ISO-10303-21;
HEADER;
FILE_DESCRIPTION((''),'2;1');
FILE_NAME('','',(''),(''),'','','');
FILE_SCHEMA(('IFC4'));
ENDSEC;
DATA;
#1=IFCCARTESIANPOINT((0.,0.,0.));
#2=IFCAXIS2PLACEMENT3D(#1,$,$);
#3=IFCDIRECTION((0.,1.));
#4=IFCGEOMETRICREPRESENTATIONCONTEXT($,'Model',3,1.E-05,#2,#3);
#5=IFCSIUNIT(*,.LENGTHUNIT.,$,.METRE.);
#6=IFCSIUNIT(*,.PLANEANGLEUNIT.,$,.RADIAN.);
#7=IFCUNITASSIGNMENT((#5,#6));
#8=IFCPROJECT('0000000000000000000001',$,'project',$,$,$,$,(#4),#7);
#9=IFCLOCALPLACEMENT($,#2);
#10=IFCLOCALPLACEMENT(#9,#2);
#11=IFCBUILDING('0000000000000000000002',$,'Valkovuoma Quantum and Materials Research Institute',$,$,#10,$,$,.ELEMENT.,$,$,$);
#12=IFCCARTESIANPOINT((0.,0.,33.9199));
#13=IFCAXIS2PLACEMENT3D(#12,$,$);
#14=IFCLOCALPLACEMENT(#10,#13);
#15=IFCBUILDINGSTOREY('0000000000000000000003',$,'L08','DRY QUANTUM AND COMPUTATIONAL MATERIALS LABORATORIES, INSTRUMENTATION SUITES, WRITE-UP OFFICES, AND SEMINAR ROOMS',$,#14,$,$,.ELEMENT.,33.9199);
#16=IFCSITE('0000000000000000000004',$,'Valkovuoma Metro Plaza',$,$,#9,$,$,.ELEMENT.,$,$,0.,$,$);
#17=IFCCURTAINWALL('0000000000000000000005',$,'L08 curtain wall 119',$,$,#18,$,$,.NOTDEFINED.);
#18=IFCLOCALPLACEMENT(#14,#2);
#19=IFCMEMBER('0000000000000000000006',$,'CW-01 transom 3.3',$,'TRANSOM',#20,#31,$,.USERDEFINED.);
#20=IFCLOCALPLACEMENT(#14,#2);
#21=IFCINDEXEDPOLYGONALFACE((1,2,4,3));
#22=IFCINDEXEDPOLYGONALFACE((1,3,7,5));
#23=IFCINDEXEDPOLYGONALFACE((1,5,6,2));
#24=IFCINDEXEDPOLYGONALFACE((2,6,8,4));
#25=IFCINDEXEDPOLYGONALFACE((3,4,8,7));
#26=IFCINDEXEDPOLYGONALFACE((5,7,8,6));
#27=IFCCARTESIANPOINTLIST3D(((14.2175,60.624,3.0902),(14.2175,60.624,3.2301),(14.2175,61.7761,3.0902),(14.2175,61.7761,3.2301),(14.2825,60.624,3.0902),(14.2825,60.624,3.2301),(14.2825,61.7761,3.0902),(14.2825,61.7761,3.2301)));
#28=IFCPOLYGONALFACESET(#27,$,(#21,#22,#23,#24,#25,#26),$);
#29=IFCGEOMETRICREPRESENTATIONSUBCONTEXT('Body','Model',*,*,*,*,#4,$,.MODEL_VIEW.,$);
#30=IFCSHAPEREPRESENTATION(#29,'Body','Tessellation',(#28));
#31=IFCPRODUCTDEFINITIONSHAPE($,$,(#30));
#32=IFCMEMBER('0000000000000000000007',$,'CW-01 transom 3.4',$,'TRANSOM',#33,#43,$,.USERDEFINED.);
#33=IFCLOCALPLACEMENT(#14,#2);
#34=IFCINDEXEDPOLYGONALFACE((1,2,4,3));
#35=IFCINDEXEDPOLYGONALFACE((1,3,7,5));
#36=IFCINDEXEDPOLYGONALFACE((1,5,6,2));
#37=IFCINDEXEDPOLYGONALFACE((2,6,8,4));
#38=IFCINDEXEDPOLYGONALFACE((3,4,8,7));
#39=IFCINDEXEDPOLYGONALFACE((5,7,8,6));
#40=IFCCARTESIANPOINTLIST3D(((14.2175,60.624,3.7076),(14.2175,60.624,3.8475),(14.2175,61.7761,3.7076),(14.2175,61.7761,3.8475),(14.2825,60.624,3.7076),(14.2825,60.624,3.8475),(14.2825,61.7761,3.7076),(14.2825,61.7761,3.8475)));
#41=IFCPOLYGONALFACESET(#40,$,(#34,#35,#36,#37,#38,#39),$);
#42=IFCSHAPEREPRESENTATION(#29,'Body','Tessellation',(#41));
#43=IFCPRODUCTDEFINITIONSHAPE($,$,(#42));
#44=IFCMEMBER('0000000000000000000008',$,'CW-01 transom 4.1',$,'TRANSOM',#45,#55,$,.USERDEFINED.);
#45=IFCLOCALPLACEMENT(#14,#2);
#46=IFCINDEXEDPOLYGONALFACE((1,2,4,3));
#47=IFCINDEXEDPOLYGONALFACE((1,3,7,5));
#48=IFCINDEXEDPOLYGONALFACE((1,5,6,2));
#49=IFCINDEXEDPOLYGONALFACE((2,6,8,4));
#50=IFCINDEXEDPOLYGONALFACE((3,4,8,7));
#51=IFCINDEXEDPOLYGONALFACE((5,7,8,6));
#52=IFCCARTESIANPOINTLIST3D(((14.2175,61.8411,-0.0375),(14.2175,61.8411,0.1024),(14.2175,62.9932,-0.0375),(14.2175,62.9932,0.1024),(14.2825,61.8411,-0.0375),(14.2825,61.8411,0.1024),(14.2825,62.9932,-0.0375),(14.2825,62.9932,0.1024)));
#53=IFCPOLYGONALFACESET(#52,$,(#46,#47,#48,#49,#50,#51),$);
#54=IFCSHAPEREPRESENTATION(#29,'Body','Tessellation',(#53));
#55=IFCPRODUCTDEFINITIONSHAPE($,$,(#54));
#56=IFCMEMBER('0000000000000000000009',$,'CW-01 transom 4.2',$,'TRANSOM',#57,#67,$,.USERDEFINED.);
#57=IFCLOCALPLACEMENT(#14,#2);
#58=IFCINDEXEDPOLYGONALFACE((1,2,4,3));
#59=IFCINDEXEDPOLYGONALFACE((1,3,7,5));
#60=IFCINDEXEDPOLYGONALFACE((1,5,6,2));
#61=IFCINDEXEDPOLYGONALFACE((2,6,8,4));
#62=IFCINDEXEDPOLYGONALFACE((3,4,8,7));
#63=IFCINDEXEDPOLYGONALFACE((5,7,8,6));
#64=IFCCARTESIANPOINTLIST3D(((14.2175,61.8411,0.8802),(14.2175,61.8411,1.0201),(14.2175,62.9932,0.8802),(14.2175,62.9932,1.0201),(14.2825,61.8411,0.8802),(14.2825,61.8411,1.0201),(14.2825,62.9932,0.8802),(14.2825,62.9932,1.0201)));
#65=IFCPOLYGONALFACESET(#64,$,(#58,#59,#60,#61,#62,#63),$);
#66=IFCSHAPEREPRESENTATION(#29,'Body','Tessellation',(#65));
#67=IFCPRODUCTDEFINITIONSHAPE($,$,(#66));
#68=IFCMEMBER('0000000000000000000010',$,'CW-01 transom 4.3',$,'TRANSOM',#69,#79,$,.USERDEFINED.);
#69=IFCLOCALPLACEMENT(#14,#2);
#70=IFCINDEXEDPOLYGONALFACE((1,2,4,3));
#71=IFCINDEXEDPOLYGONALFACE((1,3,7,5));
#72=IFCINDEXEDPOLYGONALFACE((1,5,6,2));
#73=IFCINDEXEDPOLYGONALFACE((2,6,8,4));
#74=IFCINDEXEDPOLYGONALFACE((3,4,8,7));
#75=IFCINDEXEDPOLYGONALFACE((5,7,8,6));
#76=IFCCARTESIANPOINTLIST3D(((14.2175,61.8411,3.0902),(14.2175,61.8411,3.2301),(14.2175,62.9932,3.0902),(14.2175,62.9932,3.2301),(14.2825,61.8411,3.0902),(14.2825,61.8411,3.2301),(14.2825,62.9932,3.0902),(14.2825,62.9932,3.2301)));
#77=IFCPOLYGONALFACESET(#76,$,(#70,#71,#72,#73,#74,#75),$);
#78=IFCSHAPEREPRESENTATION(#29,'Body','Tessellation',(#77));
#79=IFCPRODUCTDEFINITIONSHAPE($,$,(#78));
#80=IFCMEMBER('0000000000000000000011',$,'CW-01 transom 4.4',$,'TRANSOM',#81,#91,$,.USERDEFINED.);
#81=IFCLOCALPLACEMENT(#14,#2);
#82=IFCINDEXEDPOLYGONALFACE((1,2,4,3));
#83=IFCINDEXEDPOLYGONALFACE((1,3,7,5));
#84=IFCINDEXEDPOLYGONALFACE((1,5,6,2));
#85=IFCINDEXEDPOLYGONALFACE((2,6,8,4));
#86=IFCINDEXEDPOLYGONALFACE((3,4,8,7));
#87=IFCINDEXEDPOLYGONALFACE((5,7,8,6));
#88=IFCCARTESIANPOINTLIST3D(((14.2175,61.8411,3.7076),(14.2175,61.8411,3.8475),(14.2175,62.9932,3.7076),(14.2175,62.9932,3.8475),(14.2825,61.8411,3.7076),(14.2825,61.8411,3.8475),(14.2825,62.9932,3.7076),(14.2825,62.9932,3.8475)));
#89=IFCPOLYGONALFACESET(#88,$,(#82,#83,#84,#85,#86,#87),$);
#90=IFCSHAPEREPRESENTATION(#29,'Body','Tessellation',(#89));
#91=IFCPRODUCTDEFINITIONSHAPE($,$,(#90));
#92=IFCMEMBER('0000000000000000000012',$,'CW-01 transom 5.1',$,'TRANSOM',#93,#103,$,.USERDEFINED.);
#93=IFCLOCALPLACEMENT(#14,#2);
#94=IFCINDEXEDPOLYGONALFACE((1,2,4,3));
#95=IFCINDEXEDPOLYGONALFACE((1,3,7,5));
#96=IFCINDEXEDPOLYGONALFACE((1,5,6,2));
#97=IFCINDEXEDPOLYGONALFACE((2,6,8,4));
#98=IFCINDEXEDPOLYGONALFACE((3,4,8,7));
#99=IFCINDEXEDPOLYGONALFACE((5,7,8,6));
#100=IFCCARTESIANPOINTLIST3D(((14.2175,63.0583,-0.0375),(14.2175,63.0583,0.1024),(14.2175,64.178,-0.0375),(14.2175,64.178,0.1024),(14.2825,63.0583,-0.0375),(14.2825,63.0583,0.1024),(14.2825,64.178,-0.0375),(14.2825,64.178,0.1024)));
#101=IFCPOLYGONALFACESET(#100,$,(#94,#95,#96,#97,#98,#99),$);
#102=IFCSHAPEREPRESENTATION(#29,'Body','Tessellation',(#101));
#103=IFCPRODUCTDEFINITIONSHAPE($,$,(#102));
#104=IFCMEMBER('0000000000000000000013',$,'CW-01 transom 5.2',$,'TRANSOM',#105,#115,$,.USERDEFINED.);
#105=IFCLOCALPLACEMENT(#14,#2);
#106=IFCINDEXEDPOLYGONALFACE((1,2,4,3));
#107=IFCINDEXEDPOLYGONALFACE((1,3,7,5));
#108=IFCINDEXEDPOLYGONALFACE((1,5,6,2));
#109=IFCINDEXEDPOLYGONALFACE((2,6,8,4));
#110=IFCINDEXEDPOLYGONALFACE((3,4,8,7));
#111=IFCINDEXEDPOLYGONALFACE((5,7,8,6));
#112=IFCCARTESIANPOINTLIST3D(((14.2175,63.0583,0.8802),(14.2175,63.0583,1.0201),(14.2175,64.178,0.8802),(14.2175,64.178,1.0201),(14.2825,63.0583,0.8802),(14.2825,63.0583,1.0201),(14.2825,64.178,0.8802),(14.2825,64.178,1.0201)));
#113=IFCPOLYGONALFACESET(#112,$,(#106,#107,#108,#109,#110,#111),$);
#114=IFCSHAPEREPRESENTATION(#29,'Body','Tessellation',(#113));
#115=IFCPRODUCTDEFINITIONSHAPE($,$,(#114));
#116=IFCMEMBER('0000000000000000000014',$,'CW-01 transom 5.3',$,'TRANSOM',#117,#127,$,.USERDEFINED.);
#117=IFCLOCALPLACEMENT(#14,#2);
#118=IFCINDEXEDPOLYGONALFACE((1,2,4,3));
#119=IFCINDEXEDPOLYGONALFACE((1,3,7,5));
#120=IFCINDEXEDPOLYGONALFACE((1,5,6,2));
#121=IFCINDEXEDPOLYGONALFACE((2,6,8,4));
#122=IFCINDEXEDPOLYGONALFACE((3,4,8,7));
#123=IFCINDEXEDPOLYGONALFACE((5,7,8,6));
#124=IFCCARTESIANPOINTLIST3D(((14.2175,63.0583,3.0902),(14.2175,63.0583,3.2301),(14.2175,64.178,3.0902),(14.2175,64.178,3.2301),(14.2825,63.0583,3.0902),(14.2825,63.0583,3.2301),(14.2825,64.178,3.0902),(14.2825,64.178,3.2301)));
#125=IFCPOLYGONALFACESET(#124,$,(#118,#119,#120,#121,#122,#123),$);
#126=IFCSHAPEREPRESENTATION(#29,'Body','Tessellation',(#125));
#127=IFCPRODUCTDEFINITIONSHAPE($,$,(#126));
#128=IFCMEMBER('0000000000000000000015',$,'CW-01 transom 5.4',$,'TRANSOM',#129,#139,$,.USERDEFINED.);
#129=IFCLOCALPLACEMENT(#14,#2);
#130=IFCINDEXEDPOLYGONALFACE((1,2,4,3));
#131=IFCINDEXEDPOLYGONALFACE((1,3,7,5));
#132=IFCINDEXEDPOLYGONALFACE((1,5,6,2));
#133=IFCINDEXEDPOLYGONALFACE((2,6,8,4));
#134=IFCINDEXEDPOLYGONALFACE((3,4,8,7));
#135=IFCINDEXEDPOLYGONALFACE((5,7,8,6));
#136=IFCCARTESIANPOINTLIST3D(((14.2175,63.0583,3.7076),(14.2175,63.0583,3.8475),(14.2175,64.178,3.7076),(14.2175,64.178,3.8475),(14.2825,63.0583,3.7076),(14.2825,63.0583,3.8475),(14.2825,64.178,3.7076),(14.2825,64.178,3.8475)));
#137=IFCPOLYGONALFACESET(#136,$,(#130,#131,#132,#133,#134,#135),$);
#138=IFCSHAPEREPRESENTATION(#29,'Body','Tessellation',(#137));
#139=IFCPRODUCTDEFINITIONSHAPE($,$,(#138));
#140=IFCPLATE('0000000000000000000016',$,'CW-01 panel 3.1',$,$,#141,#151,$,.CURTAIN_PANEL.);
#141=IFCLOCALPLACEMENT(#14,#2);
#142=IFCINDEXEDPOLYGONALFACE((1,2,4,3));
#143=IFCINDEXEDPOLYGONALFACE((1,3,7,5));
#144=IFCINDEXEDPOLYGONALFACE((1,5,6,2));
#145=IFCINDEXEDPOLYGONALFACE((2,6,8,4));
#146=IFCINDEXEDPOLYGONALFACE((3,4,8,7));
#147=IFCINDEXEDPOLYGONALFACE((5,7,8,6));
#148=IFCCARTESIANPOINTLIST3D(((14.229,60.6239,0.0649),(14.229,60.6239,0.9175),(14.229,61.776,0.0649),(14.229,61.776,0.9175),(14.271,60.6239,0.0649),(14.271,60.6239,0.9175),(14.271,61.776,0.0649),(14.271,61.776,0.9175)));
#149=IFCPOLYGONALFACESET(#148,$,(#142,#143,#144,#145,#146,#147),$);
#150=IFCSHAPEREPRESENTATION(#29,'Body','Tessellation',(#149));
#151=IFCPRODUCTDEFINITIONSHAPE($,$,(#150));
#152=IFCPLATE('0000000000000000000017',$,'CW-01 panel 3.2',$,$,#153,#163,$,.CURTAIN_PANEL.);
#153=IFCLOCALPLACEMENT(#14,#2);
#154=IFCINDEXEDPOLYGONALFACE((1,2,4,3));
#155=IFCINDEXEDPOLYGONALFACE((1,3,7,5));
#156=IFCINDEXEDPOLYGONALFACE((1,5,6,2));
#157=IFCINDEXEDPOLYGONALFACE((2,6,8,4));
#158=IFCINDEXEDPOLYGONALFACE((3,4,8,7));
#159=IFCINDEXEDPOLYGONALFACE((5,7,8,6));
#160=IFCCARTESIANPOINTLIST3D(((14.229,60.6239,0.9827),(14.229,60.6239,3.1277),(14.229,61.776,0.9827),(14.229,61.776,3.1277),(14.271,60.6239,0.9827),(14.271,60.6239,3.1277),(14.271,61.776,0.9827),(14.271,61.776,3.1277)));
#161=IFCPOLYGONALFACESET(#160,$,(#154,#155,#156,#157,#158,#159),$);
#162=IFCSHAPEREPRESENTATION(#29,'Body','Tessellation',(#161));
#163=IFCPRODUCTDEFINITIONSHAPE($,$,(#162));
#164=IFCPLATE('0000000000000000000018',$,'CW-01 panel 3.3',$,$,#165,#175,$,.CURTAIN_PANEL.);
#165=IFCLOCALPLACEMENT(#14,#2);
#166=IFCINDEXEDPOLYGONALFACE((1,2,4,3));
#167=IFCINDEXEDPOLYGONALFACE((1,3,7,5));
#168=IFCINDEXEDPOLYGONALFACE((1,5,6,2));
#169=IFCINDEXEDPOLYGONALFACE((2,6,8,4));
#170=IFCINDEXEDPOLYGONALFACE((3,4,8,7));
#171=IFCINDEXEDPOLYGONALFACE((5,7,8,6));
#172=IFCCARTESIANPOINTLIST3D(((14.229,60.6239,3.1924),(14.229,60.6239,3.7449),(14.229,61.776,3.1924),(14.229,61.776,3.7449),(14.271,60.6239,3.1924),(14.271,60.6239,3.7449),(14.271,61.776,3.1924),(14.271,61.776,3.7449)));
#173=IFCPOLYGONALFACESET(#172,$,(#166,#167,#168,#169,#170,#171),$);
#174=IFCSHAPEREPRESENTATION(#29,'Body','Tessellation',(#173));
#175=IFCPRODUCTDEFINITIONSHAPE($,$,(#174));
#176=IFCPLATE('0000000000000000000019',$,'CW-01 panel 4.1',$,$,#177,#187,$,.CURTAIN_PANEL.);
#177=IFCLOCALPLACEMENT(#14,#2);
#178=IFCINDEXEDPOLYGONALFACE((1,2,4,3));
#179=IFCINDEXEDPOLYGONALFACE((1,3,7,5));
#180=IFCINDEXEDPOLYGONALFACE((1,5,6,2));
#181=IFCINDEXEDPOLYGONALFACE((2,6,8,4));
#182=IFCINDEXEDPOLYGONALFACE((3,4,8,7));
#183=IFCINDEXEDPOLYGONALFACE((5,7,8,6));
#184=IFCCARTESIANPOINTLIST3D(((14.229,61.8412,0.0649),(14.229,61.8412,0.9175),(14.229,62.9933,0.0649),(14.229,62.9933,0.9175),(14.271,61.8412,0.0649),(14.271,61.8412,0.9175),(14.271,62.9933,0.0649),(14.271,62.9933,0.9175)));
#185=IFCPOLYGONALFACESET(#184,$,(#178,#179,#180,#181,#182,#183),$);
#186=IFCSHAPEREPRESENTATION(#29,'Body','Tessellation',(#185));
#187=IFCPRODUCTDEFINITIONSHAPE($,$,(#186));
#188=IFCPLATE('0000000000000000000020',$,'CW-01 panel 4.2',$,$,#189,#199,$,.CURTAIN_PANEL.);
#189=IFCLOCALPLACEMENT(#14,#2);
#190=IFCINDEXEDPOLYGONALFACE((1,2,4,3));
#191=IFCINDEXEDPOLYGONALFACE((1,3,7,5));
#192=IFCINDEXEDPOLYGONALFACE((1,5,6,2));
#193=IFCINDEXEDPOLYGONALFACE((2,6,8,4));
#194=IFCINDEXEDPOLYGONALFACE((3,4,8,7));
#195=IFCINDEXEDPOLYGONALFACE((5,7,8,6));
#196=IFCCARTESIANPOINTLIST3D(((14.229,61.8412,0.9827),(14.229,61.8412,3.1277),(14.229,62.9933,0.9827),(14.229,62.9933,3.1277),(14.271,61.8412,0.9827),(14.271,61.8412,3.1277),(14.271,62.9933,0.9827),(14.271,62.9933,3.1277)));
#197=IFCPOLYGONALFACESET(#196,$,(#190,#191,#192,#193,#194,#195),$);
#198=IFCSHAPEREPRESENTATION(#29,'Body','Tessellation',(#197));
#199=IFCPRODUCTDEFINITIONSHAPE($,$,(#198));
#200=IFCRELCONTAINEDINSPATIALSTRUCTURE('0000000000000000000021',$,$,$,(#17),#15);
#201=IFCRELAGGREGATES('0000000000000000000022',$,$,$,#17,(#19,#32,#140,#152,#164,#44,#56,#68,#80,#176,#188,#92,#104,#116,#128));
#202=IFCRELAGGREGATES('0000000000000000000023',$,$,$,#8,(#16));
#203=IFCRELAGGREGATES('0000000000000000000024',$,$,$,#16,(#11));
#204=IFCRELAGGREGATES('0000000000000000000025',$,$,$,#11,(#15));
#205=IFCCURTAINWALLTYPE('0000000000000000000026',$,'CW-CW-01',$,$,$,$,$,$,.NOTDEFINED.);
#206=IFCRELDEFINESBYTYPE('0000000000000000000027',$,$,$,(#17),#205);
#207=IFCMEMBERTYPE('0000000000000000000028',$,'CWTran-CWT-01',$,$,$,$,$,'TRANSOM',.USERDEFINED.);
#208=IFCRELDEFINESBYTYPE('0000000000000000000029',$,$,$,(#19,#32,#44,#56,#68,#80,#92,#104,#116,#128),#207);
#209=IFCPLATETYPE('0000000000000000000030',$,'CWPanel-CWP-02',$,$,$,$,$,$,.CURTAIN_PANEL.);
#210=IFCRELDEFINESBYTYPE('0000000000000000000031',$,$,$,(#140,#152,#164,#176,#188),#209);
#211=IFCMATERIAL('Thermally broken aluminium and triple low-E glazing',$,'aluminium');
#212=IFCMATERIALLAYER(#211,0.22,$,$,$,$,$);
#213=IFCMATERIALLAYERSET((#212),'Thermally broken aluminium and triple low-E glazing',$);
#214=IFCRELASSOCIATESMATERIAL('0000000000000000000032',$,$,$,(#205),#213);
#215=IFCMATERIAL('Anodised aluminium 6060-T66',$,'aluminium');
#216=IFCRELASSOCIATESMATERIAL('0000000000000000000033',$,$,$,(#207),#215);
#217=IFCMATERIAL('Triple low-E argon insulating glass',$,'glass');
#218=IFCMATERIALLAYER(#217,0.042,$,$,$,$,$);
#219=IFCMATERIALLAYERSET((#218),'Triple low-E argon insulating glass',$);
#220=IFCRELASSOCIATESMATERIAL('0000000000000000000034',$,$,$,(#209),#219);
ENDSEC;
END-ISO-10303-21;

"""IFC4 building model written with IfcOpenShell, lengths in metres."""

from ifc_helpers import new_model, si_unit, direction, frame, origin, origin_2d, place, context, subcontext, project, spatial, rectangle, extrude, material, layer, layer_set, material_profile, profile_set, type_object, element, aggregate, save


model = new_model("IFC4")

# Units and contexts
model_context = context("Model", 3, precision=1e-05, world=origin(), true_north=direction((0.0, 1.0)))
body_context = subcontext(model_context, "Body", "Model", "MODEL_VIEW")
ifc_project = project(units=[si_unit("LENGTHUNIT", "METRE"), si_unit("PLANEANGLEUNIT", "RADIAN")], contexts=[model_context])

# Site, building, storey
site_placement = place(None, origin())
site = spatial("IfcSite", under=ifc_project, at=site_placement, Name="Valkovuoma Metro Plaza", CompositionType="ELEMENT", RefElevation=0.0)
building_placement = place(site_placement, origin())
building = spatial("IfcBuilding", under=site, at=building_placement, Name="Valkovuoma Quantum and Materials Research Institute", CompositionType="ELEMENT")
storey_placement = place(building_placement, frame((0.0, 0.0, 33.9199)))
storey = spatial("IfcBuildingStorey", under=building, at=storey_placement, Name="L08", Description="DRY QUANTUM AND COMPUTATIONAL MATERIALS LABORATORIES, INSTRUMENTATION SUITES, WRITE-UP OFFICES, AND SEMINAR ROOMS", CompositionType="ELEMENT", Elevation=33.9199)

# Curtain wall, members, plates
ifc_material_1 = material(Name="Thermally broken aluminium and triple low-E glazing", Category="aluminium")
ifc_layer_1 = layer(ifc_material_1, 0.22)
ifc_layer_set_1 = layer_set([ifc_layer_1], Name="Thermally broken aluminium and triple low-E glazing")
curtain_wall_type = type_object("IfcCurtainWallType", Name="CW-CW-01", PredefinedType="NOTDEFINED", material=ifc_layer_set_1)
curtain_wall_placement = place(storey_placement, origin())
curtain_wall = element("IfcCurtainWall", 1, at=curtain_wall_placement, inside=storey, type_object=curtain_wall_type, Name="L08 curtain wall 119", PredefinedType="NOTDEFINED")
ifc_material_2 = material(Name="Anodised aluminium 6060-T66", Category="aluminium")
ifc_material_profile_1 = material_profile(ifc_material_2, rectangle(XDim=0.0649, YDim=0.1399, at=origin_2d()), Name="Anodised aluminium 6060-T66")
ifc_profile_set_1 = profile_set([ifc_material_profile_1], Name="Anodised aluminium 6060-T66")
member_type_1 = type_object("IfcMemberType", Name="CWTran-CWT-01", ElementType="TRANSOM", PredefinedType="USERDEFINED", material=ifc_profile_set_1)
member_1_placement = place(storey_placement, frame((14.25, 60.624, 3.1602), z_axis=(0.0, 1.0, 0.0), x_axis=(-1.0, 0.0, 0.0)))
member_1 = element("IfcMember", 2, at=member_1_placement, type_object=member_type_1, Name="CW-01 transom 3.3", ObjectType="TRANSOM", PredefinedType="USERDEFINED", context=body_context, shape_type="SweptSolid", body=[
    extrude(rectangle(XDim=0.0649, YDim=0.1399, at=origin_2d()), origin(), (0.0, 0.0, 1.0), 1.1521),
])
member_2_placement = place(storey_placement, frame((14.25, 60.624, 3.7776), z_axis=(0.0, 1.0, 0.0), x_axis=(-1.0, 0.0, 0.0)))
member_2 = element("IfcMember", 3, at=member_2_placement, type_object=member_type_1, Name="CW-01 transom 3.4", ObjectType="TRANSOM", PredefinedType="USERDEFINED", context=body_context, shape_type="SweptSolid", body=[
    extrude(rectangle(XDim=0.0649, YDim=0.1399, at=origin_2d()), origin(), (0.0, 0.0, 1.0), 1.1521),
])
member_3_placement = place(storey_placement, frame((14.25, 61.8411, 0.0325), z_axis=(0.0, 1.0, 0.0), x_axis=(-1.0, 0.0, 0.0)))
member_3 = element("IfcMember", 4, at=member_3_placement, type_object=member_type_1, Name="CW-01 transom 4.1", ObjectType="TRANSOM", PredefinedType="USERDEFINED", context=body_context, shape_type="SweptSolid", body=[
    extrude(rectangle(XDim=0.0649, YDim=0.1399, at=origin_2d()), origin(), (0.0, 0.0, 1.0), 1.1521),
])
member_4_placement = place(storey_placement, frame((14.25, 61.8411, 0.9502), z_axis=(0.0, 1.0, 0.0), x_axis=(-1.0, 0.0, 0.0)))
member_4 = element("IfcMember", 5, at=member_4_placement, type_object=member_type_1, Name="CW-01 transom 4.2", ObjectType="TRANSOM", PredefinedType="USERDEFINED", context=body_context, shape_type="SweptSolid", body=[
    extrude(rectangle(XDim=0.0649, YDim=0.1399, at=origin_2d()), origin(), (0.0, 0.0, 1.0), 1.1521),
])
member_5_placement = place(storey_placement, frame((14.25, 61.8411, 3.1602), z_axis=(0.0, 1.0, 0.0), x_axis=(-1.0, 0.0, 0.0)))
member_5 = element("IfcMember", 6, at=member_5_placement, type_object=member_type_1, Name="CW-01 transom 4.3", ObjectType="TRANSOM", PredefinedType="USERDEFINED", context=body_context, shape_type="SweptSolid", body=[
    extrude(rectangle(XDim=0.0649, YDim=0.1399, at=origin_2d()), origin(), (0.0, 0.0, 1.0), 1.1521),
])
member_6_placement = place(storey_placement, frame((14.25, 61.8411, 3.7776), z_axis=(0.0, 1.0, 0.0), x_axis=(-1.0, 0.0, 0.0)))
member_6 = element("IfcMember", 7, at=member_6_placement, type_object=member_type_1, Name="CW-01 transom 4.4", ObjectType="TRANSOM", PredefinedType="USERDEFINED", context=body_context, shape_type="SweptSolid", body=[
    extrude(rectangle(XDim=0.0649, YDim=0.1399, at=origin_2d()), origin(), (0.0, 0.0, 1.0), 1.1521),
])
member_7_placement = place(storey_placement, frame((14.25, 63.0583, 0.0325), z_axis=(0.0, 1.0, 0.0), x_axis=(-1.0, 0.0, 0.0)))
member_7 = element("IfcMember", 8, at=member_7_placement, type_object=member_type_1, Name="CW-01 transom 5.1", ObjectType="TRANSOM", PredefinedType="USERDEFINED", context=body_context, shape_type="SweptSolid", body=[
    extrude(rectangle(XDim=0.0649, YDim=0.1399, at=origin_2d()), origin(), (0.0, 0.0, 1.0), 1.1196),
])
member_8_placement = place(storey_placement, frame((14.25, 63.0583, 0.9502), z_axis=(0.0, 1.0, 0.0), x_axis=(-1.0, 0.0, 0.0)))
member_8 = element("IfcMember", 9, at=member_8_placement, type_object=member_type_1, Name="CW-01 transom 5.2", ObjectType="TRANSOM", PredefinedType="USERDEFINED", context=body_context, shape_type="SweptSolid", body=[
    extrude(rectangle(XDim=0.0649, YDim=0.1399, at=origin_2d()), origin(), (0.0, 0.0, 1.0), 1.1196),
])
member_9_placement = place(storey_placement, frame((14.25, 63.0583, 3.1602), z_axis=(0.0, 1.0, 0.0), x_axis=(-1.0, 0.0, 0.0)))
member_9 = element("IfcMember", 10, at=member_9_placement, type_object=member_type_1, Name="CW-01 transom 5.3", ObjectType="TRANSOM", PredefinedType="USERDEFINED", context=body_context, shape_type="SweptSolid", body=[
    extrude(rectangle(XDim=0.0649, YDim=0.1399, at=origin_2d()), origin(), (0.0, 0.0, 1.0), 1.1196),
])
member_10_placement = place(storey_placement, frame((14.25, 63.0583, 3.7776), z_axis=(0.0, 1.0, 0.0), x_axis=(-1.0, 0.0, 0.0)))
member_10 = element("IfcMember", 11, at=member_10_placement, type_object=member_type_1, Name="CW-01 transom 5.4", ObjectType="TRANSOM", PredefinedType="USERDEFINED", context=body_context, shape_type="SweptSolid", body=[
    extrude(rectangle(XDim=0.0649, YDim=0.1399, at=origin_2d()), origin(), (0.0, 0.0, 1.0), 1.1196),
])
ifc_material_3 = material(Name="Triple low-E argon insulating glass", Category="glass")
ifc_layer_2 = layer(ifc_material_3, 0.042)
ifc_layer_set_2 = layer_set([ifc_layer_2], Name="Triple low-E argon insulating glass")
plate_type = type_object("IfcPlateType", Name="CWPanel-CWP-02", PredefinedType="CURTAIN_PANEL", material=ifc_layer_set_2)
plate_1_placement = place(storey_placement, frame((14.25, 61.2, 0.0649), z_axis=(0.0, 0.0, 1.0), x_axis=(0.0, 1.0, 0.0)))
plate_1 = element("IfcPlate", 12, at=plate_1_placement, type_object=plate_type, Name="CW-01 panel 3.1", PredefinedType="CURTAIN_PANEL", context=body_context, shape_type="SweptSolid", body=[
    extrude(rectangle(XDim=1.1521, YDim=0.042, at=origin_2d()), origin(), (0.0, 0.0, 1.0), 0.8525),
])
plate_2_placement = place(storey_placement, frame((14.25, 61.2, 0.9827), z_axis=(0.0, 0.0, 1.0), x_axis=(0.0, 1.0, 0.0)))
plate_2 = element("IfcPlate", 13, at=plate_2_placement, type_object=plate_type, Name="CW-01 panel 3.2", PredefinedType="CURTAIN_PANEL", context=body_context, shape_type="SweptSolid", body=[
    extrude(rectangle(XDim=1.1521, YDim=0.042, at=origin_2d()), origin(), (0.0, 0.0, 1.0), 2.145),
])
plate_3_placement = place(storey_placement, frame((14.25, 61.2, 3.1924), z_axis=(0.0, 0.0, 1.0), x_axis=(0.0, 1.0, 0.0)))
plate_3 = element("IfcPlate", 14, at=plate_3_placement, type_object=plate_type, Name="CW-01 panel 3.3", PredefinedType="CURTAIN_PANEL", context=body_context, shape_type="SweptSolid", body=[
    extrude(rectangle(XDim=1.1521, YDim=0.042, at=origin_2d()), origin(), (0.0, 0.0, 1.0), 0.5525),
])
plate_4_placement = place(storey_placement, frame((14.25, 62.4172, 0.0649), z_axis=(0.0, 0.0, 1.0), x_axis=(0.0, 1.0, 0.0)))
plate_4 = element("IfcPlate", 15, at=plate_4_placement, type_object=plate_type, Name="CW-01 panel 4.1", PredefinedType="CURTAIN_PANEL", context=body_context, shape_type="SweptSolid", body=[
    extrude(rectangle(XDim=1.1521, YDim=0.042, at=origin_2d()), origin(), (0.0, 0.0, 1.0), 0.8525),
])
plate_5_placement = place(storey_placement, frame((14.25, 62.4172, 0.9827), z_axis=(0.0, 0.0, 1.0), x_axis=(0.0, 1.0, 0.0)))
plate_5 = element("IfcPlate", 16, at=plate_5_placement, type_object=plate_type, Name="CW-01 panel 4.2", PredefinedType="CURTAIN_PANEL", context=body_context, shape_type="SweptSolid", body=[
    extrude(rectangle(XDim=1.1521, YDim=0.042, at=origin_2d()), origin(), (0.0, 0.0, 1.0), 2.145),
])
aggregate(curtain_wall, [member_1, member_2, plate_1, plate_2, plate_3, member_3, member_4, member_5, member_6, plate_4, plate_5, member_7, member_8, member_9, member_10])

save(model, "model.ifc")
